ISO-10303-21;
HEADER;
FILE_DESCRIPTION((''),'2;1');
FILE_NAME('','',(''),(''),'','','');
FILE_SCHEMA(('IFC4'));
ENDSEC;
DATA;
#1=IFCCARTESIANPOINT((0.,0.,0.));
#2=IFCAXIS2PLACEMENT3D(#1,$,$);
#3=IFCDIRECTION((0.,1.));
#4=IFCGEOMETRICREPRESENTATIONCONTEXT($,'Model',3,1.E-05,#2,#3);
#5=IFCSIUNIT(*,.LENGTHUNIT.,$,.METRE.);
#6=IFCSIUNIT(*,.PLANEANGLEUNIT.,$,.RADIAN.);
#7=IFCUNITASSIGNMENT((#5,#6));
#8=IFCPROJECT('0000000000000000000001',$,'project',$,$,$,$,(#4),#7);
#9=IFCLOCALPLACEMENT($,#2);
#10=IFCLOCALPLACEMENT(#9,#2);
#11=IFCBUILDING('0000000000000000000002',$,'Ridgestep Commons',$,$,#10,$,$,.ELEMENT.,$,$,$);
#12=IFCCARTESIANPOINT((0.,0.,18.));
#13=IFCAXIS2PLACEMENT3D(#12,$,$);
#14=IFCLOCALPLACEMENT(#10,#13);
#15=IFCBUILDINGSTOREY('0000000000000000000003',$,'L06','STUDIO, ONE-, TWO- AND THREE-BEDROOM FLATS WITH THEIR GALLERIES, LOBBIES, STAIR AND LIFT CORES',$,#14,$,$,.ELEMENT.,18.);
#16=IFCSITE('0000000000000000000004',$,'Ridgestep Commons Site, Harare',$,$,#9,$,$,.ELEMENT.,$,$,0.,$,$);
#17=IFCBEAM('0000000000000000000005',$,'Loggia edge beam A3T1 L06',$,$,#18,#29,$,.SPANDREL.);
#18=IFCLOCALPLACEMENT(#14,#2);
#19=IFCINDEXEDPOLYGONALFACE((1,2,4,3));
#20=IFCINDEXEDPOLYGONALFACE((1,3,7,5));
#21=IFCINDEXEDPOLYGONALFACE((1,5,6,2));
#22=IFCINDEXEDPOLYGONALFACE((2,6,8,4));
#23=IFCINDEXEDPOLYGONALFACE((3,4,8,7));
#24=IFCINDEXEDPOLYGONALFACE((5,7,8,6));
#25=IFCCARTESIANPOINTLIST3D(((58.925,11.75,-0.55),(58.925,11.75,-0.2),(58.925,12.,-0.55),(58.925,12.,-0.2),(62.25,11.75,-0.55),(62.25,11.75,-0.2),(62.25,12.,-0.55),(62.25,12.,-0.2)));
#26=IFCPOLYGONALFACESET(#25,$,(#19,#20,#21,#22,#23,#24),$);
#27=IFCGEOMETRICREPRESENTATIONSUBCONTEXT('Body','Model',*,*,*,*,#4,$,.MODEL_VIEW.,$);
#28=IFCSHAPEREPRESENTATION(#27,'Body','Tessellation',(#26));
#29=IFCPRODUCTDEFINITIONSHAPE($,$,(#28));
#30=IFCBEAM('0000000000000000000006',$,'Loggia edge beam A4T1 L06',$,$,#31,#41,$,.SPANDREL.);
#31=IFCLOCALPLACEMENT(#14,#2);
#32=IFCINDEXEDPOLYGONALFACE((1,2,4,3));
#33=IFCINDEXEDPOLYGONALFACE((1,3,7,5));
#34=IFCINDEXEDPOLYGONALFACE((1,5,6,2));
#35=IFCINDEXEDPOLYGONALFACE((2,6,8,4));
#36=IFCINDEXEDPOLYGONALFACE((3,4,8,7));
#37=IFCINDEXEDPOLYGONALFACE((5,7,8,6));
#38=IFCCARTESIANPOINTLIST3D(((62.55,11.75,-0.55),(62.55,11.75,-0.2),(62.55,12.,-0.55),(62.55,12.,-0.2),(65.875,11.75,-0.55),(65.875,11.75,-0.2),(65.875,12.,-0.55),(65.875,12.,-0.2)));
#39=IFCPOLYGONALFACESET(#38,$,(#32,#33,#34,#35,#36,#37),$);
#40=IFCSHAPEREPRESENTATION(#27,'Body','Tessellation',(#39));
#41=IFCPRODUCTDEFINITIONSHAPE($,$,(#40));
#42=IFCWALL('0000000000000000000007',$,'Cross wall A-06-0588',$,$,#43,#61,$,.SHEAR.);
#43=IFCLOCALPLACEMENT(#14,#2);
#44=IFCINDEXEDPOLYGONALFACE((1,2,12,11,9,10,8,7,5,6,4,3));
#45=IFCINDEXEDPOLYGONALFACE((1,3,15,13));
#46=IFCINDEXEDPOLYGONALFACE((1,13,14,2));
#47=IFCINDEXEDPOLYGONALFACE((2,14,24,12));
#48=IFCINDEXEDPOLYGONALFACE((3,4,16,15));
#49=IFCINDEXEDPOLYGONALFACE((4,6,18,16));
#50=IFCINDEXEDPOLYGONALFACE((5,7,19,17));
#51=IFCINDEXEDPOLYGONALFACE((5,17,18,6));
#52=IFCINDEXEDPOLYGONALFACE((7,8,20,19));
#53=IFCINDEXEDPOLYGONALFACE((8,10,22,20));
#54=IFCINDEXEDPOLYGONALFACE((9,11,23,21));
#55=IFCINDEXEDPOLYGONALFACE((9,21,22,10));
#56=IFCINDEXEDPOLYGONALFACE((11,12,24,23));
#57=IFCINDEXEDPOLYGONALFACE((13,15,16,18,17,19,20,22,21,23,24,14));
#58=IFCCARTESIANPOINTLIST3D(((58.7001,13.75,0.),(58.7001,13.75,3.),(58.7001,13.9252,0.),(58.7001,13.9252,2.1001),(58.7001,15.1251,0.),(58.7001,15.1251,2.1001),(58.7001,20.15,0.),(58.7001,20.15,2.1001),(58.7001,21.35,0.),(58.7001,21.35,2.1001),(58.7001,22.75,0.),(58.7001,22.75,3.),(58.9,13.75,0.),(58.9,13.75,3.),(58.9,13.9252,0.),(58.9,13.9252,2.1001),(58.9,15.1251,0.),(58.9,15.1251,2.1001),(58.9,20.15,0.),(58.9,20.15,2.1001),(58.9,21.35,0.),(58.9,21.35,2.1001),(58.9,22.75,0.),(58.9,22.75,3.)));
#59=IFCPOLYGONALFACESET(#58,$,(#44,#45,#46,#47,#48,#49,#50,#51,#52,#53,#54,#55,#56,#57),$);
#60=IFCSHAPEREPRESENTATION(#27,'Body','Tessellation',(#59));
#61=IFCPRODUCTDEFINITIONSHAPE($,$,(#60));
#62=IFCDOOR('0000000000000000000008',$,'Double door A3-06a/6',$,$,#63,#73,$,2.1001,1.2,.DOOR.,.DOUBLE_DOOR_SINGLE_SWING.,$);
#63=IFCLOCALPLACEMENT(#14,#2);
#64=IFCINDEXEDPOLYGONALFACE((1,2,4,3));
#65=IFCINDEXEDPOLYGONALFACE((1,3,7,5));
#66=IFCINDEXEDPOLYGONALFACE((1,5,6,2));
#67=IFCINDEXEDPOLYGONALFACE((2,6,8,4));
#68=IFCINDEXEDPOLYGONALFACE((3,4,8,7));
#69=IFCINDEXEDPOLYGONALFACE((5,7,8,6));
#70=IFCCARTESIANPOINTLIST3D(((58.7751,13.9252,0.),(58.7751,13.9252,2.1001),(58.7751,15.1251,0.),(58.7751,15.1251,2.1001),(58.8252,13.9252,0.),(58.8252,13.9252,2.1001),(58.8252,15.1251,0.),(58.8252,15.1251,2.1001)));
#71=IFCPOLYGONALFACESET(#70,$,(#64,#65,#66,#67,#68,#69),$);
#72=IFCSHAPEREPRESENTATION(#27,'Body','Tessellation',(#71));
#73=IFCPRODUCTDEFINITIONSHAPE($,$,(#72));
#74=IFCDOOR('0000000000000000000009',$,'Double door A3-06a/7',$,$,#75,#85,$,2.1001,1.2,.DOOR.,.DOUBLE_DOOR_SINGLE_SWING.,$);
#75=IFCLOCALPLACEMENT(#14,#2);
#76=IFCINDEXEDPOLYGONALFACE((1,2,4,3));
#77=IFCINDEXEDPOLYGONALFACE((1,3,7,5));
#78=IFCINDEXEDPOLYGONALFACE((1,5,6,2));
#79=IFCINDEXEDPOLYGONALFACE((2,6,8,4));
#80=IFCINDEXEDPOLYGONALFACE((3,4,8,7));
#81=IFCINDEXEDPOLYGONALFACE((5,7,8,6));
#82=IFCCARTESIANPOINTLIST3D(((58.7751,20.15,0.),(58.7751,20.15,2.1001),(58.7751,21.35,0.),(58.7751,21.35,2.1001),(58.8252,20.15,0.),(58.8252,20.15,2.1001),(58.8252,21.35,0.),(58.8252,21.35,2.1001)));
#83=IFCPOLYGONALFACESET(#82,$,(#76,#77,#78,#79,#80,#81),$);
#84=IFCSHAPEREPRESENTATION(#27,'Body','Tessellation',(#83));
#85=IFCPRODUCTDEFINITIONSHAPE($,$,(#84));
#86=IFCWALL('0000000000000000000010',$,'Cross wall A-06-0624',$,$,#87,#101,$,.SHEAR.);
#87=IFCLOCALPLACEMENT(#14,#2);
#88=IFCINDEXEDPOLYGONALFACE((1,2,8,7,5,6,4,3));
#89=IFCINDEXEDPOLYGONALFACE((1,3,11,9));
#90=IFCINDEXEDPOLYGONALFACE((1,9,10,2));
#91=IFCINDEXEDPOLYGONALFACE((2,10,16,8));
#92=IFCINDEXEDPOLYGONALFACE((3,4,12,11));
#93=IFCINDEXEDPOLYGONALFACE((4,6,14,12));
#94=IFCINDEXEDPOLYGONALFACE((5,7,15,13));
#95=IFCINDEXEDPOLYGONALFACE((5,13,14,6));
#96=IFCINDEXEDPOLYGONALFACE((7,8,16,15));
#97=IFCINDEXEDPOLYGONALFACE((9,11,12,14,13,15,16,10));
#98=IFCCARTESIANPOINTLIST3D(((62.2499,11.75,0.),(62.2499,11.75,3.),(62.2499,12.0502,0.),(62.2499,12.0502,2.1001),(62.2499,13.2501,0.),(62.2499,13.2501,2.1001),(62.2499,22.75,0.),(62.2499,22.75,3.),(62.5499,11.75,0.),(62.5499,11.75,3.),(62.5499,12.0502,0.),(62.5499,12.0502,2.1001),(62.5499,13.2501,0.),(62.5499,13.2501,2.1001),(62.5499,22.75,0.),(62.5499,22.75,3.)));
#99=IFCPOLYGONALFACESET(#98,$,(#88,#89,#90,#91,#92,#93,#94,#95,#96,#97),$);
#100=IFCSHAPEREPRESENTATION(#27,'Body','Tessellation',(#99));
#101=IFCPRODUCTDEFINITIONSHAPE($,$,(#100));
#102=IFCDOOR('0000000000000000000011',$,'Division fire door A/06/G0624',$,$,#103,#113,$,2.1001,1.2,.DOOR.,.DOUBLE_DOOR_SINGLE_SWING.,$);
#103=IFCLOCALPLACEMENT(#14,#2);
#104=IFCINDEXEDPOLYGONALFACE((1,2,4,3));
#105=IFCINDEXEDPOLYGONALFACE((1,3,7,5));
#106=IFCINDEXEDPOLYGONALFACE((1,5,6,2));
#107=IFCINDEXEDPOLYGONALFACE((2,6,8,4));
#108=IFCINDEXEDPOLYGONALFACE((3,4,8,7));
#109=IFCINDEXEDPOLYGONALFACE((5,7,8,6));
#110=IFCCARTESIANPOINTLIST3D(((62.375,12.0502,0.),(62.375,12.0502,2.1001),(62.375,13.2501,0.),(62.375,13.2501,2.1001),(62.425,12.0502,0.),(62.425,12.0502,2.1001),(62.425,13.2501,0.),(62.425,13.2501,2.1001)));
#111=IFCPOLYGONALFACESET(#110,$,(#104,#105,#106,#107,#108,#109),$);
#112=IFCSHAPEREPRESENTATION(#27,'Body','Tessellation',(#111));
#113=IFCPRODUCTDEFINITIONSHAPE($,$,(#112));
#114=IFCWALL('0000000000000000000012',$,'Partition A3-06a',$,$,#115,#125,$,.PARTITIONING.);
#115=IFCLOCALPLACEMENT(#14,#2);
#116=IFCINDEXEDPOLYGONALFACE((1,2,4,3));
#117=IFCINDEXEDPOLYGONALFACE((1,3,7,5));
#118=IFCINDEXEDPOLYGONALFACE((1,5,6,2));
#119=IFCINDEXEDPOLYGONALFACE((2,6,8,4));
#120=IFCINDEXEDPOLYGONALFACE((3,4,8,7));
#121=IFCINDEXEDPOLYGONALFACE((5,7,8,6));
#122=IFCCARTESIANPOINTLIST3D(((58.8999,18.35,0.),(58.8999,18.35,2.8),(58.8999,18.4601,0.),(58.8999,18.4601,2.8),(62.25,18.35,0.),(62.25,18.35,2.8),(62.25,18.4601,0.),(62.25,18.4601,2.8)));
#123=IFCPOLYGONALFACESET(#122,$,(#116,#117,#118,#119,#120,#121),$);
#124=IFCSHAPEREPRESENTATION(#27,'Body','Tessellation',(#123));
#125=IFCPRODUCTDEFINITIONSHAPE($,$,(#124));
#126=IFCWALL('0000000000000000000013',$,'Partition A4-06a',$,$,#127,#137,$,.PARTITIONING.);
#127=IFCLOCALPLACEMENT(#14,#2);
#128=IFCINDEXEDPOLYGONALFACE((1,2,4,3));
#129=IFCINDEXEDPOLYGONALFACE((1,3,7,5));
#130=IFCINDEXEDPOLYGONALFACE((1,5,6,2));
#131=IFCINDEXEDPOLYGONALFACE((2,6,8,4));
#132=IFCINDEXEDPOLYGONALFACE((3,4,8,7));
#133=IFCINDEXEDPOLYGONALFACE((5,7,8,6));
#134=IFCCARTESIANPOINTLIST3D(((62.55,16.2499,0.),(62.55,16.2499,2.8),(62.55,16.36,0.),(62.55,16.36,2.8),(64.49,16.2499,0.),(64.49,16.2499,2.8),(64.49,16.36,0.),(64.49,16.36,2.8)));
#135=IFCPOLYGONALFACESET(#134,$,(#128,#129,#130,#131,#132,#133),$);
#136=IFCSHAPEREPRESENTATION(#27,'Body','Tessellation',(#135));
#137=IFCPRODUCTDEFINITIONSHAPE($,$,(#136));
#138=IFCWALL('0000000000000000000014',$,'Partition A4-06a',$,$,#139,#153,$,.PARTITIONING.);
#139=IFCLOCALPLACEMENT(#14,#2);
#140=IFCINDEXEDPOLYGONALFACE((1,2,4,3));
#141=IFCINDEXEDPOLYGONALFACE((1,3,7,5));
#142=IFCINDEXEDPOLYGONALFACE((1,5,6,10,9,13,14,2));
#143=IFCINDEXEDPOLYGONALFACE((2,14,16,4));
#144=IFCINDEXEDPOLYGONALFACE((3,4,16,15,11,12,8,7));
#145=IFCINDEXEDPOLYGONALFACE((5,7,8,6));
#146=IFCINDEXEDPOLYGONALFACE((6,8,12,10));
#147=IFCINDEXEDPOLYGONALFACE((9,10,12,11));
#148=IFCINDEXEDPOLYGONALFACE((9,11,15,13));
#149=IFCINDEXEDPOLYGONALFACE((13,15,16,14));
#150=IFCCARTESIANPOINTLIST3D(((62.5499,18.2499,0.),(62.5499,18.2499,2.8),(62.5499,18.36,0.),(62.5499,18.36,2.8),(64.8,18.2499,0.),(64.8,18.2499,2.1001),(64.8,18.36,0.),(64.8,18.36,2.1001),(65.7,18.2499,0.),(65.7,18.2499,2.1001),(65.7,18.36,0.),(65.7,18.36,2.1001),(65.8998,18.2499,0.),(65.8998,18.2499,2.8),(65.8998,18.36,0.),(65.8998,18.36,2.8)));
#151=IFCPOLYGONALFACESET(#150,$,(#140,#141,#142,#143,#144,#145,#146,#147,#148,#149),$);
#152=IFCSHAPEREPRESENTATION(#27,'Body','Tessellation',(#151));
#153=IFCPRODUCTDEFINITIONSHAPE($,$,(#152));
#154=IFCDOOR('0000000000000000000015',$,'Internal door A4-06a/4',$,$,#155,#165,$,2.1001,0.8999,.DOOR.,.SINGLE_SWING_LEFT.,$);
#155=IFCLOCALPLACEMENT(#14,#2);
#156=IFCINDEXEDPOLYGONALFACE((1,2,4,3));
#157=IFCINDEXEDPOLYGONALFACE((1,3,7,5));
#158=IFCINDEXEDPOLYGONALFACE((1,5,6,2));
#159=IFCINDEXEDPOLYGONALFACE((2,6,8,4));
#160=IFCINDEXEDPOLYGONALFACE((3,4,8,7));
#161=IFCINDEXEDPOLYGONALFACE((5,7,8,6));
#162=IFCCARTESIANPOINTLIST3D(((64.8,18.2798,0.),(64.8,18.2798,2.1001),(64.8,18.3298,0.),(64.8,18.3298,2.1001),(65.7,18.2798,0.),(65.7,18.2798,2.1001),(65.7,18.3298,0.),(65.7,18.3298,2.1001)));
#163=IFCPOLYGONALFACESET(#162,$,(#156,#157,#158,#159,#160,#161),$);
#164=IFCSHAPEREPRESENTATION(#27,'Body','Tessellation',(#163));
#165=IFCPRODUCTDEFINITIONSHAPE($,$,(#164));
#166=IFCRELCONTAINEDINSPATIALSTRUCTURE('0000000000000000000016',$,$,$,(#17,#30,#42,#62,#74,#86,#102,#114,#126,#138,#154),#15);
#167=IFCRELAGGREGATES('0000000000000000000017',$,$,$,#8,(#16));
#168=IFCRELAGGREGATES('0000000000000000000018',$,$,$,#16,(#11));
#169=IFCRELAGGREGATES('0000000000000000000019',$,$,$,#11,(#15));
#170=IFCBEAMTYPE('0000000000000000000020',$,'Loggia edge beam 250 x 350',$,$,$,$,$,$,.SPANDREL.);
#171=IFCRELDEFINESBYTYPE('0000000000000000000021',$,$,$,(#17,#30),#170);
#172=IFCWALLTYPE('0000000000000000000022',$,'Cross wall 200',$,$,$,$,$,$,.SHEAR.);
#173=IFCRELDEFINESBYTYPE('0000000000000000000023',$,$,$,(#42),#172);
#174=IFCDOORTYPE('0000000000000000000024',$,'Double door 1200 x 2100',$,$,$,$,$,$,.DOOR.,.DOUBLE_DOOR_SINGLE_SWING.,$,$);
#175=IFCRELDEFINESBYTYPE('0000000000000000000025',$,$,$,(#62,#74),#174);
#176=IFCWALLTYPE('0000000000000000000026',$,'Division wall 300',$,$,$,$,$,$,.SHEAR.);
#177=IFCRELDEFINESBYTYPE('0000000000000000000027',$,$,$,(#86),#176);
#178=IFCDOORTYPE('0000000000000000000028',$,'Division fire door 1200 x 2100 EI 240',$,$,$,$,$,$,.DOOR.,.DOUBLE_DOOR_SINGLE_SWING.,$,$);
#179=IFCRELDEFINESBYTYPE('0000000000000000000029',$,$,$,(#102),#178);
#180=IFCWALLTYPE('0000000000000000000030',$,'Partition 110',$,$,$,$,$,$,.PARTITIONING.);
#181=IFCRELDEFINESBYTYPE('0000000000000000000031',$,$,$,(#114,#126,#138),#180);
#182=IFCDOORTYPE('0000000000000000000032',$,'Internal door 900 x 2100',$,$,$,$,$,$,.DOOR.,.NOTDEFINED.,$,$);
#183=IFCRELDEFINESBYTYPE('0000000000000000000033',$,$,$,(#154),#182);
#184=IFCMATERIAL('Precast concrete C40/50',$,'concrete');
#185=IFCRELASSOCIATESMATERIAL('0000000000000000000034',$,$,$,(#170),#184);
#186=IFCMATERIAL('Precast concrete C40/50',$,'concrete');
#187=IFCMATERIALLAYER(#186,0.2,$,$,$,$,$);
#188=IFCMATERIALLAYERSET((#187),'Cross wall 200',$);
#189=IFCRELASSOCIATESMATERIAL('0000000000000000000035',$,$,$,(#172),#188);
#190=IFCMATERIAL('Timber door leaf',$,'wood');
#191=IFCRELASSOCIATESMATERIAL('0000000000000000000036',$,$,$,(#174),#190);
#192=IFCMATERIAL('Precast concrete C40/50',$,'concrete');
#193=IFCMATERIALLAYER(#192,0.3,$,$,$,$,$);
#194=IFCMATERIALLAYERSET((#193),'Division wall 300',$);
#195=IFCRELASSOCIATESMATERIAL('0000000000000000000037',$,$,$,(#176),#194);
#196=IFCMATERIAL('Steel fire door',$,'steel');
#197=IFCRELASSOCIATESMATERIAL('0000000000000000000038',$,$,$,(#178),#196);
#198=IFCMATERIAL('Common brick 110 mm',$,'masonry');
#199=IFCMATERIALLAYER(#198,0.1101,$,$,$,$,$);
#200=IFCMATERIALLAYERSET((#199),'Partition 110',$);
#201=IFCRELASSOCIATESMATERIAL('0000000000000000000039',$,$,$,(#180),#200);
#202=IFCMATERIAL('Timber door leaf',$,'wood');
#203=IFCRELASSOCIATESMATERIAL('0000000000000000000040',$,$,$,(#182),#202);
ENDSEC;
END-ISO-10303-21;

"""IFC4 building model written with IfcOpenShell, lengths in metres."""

from ifc_helpers import new_model, si_unit, direction, frame, frame_2d, origin, origin_2d, place, context, subcontext, project, spatial, rectangle, extrude, material, layer, layer_set, material_profile, profile_set, type_object, element, fill, save


model = new_model("IFC4")

# Units and contexts
model_context = context("Model", 3, precision=1e-05, world=origin(), true_north=direction((0.0, 1.0)))
body_context = subcontext(model_context, "Body", "Model", "MODEL_VIEW")
ifc_project = project(units=[si_unit("LENGTHUNIT", "METRE"), si_unit("PLANEANGLEUNIT", "RADIAN")], contexts=[model_context])

# Site, building, storey
site_placement = place(None, origin())
site = spatial("IfcSite", under=ifc_project, at=site_placement, Name="Ridgestep Commons Site, Harare", CompositionType="ELEMENT", RefElevation=0.0)
building_placement = place(site_placement, origin())
building = spatial("IfcBuilding", under=site, at=building_placement, Name="Ridgestep Commons", CompositionType="ELEMENT")
storey_placement = place(building_placement, frame((0.0, 0.0, 18.0)))
storey = spatial("IfcBuildingStorey", under=building, at=storey_placement, Name="L06", Description="STUDIO, ONE-, TWO- AND THREE-BEDROOM FLATS WITH THEIR GALLERIES, LOBBIES, STAIR AND LIFT CORES", CompositionType="ELEMENT", Elevation=18.0)

# Beams
ifc_material_1 = material(Name="Precast concrete C40/50", Category="concrete")
ifc_material_profile = material_profile(ifc_material_1, rectangle(XDim=0.25, YDim=0.3501, at=origin_2d()), Name="PC 250x350")
ifc_profile_set = profile_set([ifc_material_profile], Name="Precast concrete C40/50")
beam_type = type_object("IfcBeamType", Name="Loggia edge beam 250 x 350", PredefinedType="SPANDREL", material=ifc_profile_set)
for number, where, z_axis, x_axis, name in (
    (1, (58.925, 11.875, -0.375), (1.0, 0.0, 0.0), (0.0, 1.0, 0.0), "Loggia edge beam A3T1 L06"),
    (2, (62.55, 11.875, -0.375), (1.0, 0.0, 0.0), (0.0, 1.0, 0.0), "Loggia edge beam A4T1 L06"),
):
    element("IfcBeam", number, at=place(storey_placement, frame(where, z_axis=z_axis, x_axis=x_axis)), inside=storey, type_object=beam_type, Name=name, PredefinedType="SPANDREL", context=body_context, shape_type="SweptSolid", body=[
        extrude(rectangle(XDim=0.25, YDim=0.3501, at=origin_2d()), origin(), (0.0, 0.0, 1.0), 3.325),
    ])

# Wall, openings, doors
ifc_material_2 = material(Name="Precast concrete C40/50", Category="concrete")
ifc_layer_1 = layer(ifc_material_2, 0.2)
ifc_layer_set_1 = layer_set([ifc_layer_1], Name="Cross wall 200")
wall_type_1 = type_object("IfcWallType", Name="Cross wall 200", PredefinedType="SHEAR", material=ifc_layer_set_1)
wall_1_placement = place(storey_placement, frame((58.8, 13.75, 0.0), z_axis=(0.0, 0.0, 1.0), x_axis=(0.0, 1.0, 0.0)))
wall_1 = element("IfcWall", 3, at=wall_1_placement, inside=storey, type_object=wall_type_1, Name="Cross wall A-06-0588", PredefinedType="SHEAR", context=body_context, shape_type="SweptSolid", body=[
    extrude(rectangle(XDim=9.0, YDim=0.2, at=frame_2d((4.5, 0.0))), origin(), (0.0, 0.0, 1.0), 3.0),
])
opening_1_placement = place(wall_1_placement, frame((0.175, 0.0, 0.0)))
opening_1 = element("IfcOpeningElement", 4, at=opening_1_placement, cuts=wall_1, PredefinedType="OPENING", context=body_context, shape_type="SweptSolid", body=[
    extrude(rectangle(XDim=1.2, YDim=2.1001, at=frame_2d((0.6001, 1.05))), frame((0.0, 0.1099, 0.0), z_axis=(0.0, -1.0, 0.0), x_axis=(1.0, 0.0, 0.0)), (0.0, 0.0, 1.0), 0.22),
])
opening_2_placement = place(wall_1_placement, frame((6.3999, 0.0, 0.0)))
opening_2 = element("IfcOpeningElement", 5, at=opening_2_placement, cuts=wall_1, PredefinedType="OPENING", context=body_context, shape_type="SweptSolid", body=[
    extrude(rectangle(XDim=1.2, YDim=2.1001, at=frame_2d((0.6001, 1.05))), frame((0.0, 0.1099, 0.0), z_axis=(0.0, -1.0, 0.0), x_axis=(1.0, 0.0, 0.0)), (0.0, 0.0, 1.0), 0.22),
])
ifc_material_3 = material(Name="Timber door leaf", Category="wood")
door_type_1 = type_object("IfcDoorType", Name="Double door 1200 x 2100", OperationType="DOUBLE_DOOR_SINGLE_SWING", PredefinedType="DOOR", material=ifc_material_3)
door_1_placement = place(opening_1_placement, origin())
door_1 = element("IfcDoor", 6, at=door_1_placement, inside=storey, type_object=door_type_1, Name="Double door A3-06a/6", OperationType="DOUBLE_DOOR_SINGLE_SWING", OverallHeight=2.1001, OverallWidth=1.2, PredefinedType="DOOR", context=body_context, shape_type="SweptSolid", body=[
    extrude(rectangle(XDim=1.2, YDim=2.1001, at=frame_2d((0.6001, 1.05))), frame((0.0, 0.0249, 0.0), z_axis=(0.0, -1.0, 0.0), x_axis=(1.0, 0.0, 0.0)), (0.0, 0.0, 1.0), 0.05),
])
fill(opening_1, door_1)
door_2_placement = place(opening_2_placement, origin())
door_2 = element("IfcDoor", 7, at=door_2_placement, inside=storey, type_object=door_type_1, Name="Double door A3-06a/7", OperationType="DOUBLE_DOOR_SINGLE_SWING", OverallHeight=2.1001, OverallWidth=1.2, PredefinedType="DOOR", context=body_context, shape_type="SweptSolid", body=[
    extrude(rectangle(XDim=1.2, YDim=2.1001, at=frame_2d((0.6001, 1.05))), frame((0.0, 0.0249, 0.0), z_axis=(0.0, -1.0, 0.0), x_axis=(1.0, 0.0, 0.0)), (0.0, 0.0, 1.0), 0.05),
])
fill(opening_2, door_2)

# Wall, opening, door
ifc_material_4 = material(Name="Precast concrete C40/50", Category="concrete")
ifc_layer_2 = layer(ifc_material_4, 0.3)
ifc_layer_set_2 = layer_set([ifc_layer_2], Name="Division wall 300")
wall_type_2 = type_object("IfcWallType", Name="Division wall 300", PredefinedType="SHEAR", material=ifc_layer_set_2)
wall_2_placement = place(storey_placement, frame((62.3999, 11.75, 0.0), z_axis=(0.0, 0.0, 1.0), x_axis=(0.0, 1.0, 0.0)))
wall_2 = element("IfcWall", 8, at=wall_2_placement, inside=storey, type_object=wall_type_2, Name="Cross wall A-06-0624", PredefinedType="SHEAR", context=body_context, shape_type="SweptSolid", body=[
    extrude(rectangle(XDim=11.0, YDim=0.3, at=frame_2d((5.5, 0.0))), origin(), (0.0, 0.0, 1.0), 3.0),
])
opening_3_placement = place(wall_2_placement, frame((0.3, 0.0, 0.0)))
opening_3 = element("IfcOpeningElement", 9, at=opening_3_placement, cuts=wall_2, PredefinedType="OPENING", context=body_context, shape_type="SweptSolid", body=[
    extrude(rectangle(XDim=1.2, YDim=2.1001, at=frame_2d((0.6001, 1.05))), frame((0.0, 0.1599, 0.0), z_axis=(0.0, -1.0, 0.0), x_axis=(1.0, 0.0, 0.0)), (0.0, 0.0, 1.0), 0.3201),
])
ifc_material_5 = material(Name="Steel fire door", Category="steel")
door_type_2 = type_object("IfcDoorType", Name="Division fire door 1200 x 2100 EI 240", OperationType="DOUBLE_DOOR_SINGLE_SWING", PredefinedType="DOOR", material=ifc_material_5)
door_3_placement = place(opening_3_placement, origin())
door_3 = element("IfcDoor", 10, at=door_3_placement, inside=storey, type_object=door_type_2, Name="Division fire door A/06/G0624", OperationType="DOUBLE_DOOR_SINGLE_SWING", OverallHeight=2.1001, OverallWidth=1.2, PredefinedType="DOOR", context=body_context, shape_type="SweptSolid", body=[
    extrude(rectangle(XDim=1.2, YDim=2.1001, at=frame_2d((0.6001, 1.05))), frame((0.0, 0.0249, 0.0), z_axis=(0.0, -1.0, 0.0), x_axis=(1.0, 0.0, 0.0)), (0.0, 0.0, 1.0), 0.05),
])
fill(opening_3, door_3)

# Walls
ifc_material_6 = material(Name="Common brick 110 mm", Category="masonry")
ifc_layer_3 = layer(ifc_material_6, 0.1101)
ifc_layer_set_3 = layer_set([ifc_layer_3], Name="Partition 110")
wall_type_3 = type_object("IfcWallType", Name="Partition 110", PredefinedType="PARTITIONING", material=ifc_layer_set_3)
wall_3_placement = place(storey_placement, frame((58.8999, 18.405, 0.0), z_axis=(0.0, 0.0, 1.0), x_axis=(1.0, 0.0, 0.0)))
element("IfcWall", 11, at=wall_3_placement, inside=storey, type_object=wall_type_3, Name="Partition A3-06a", PredefinedType="PARTITIONING", context=body_context, shape_type="SweptSolid", body=[
    extrude(rectangle(XDim=3.3501, YDim=0.1101, at=frame_2d((1.675, 0.0))), origin(), (0.0, 0.0, 1.0), 2.8),
])
wall_4_placement = place(storey_placement, frame((62.55, 16.3049, 0.0), z_axis=(0.0, 0.0, 1.0), x_axis=(1.0, 0.0, 0.0)))
element("IfcWall", 12, at=wall_4_placement, inside=storey, type_object=wall_type_3, Name="Partition A4-06a", PredefinedType="PARTITIONING", context=body_context, shape_type="SweptSolid", body=[
    extrude(rectangle(XDim=1.9399, YDim=0.1101, at=frame_2d((0.97, 0.0))), origin(), (0.0, 0.0, 1.0), 2.8),
])

# Wall, opening, door
wall_5_placement = place(storey_placement, frame((62.55, 18.3049, 0.0), z_axis=(0.0, 0.0, 1.0), x_axis=(1.0, 0.0, 0.0)))
wall_5 = element("IfcWall", 13, at=wall_5_placement, inside=storey, type_object=wall_type_3, Name="Partition A4-06a", PredefinedType="PARTITIONING", context=body_context, shape_type="SweptSolid", body=[
    extrude(rectangle(XDim=3.3499, YDim=0.1101, at=frame_2d((1.6748, 0.0))), origin(), (0.0, 0.0, 1.0), 2.8),
])
opening_4_placement = place(wall_5_placement, frame((2.25, 0.0, 0.0)))
opening_4 = element("IfcOpeningElement", 14, at=opening_4_placement, cuts=wall_5, PredefinedType="OPENING", context=body_context, shape_type="SweptSolid", body=[
    extrude(rectangle(XDim=0.8999, YDim=2.1001, at=frame_2d((0.45, 1.05))), frame((0.0, 0.0649, 0.0), z_axis=(0.0, -1.0, 0.0), x_axis=(1.0, 0.0, 0.0)), (0.0, 0.0, 1.0), 0.1301),
])
ifc_material_7 = material(Name="Timber door leaf", Category="wood")
door_type_3 = type_object("IfcDoorType", Name="Internal door 900 x 2100", OperationType="NOTDEFINED", PredefinedType="DOOR", material=ifc_material_7)
door_4_placement = place(opening_4_placement, origin())
door_4 = element("IfcDoor", 15, at=door_4_placement, inside=storey, type_object=door_type_3, Name="Internal door A4-06a/4", OperationType="SINGLE_SWING_LEFT", OverallHeight=2.1001, OverallWidth=0.8999, PredefinedType="DOOR", context=body_context, shape_type="SweptSolid", body=[
    extrude(rectangle(XDim=0.8999, YDim=2.1001, at=frame_2d((0.45, 1.05))), frame((0.0, 0.0249, 0.0), z_axis=(0.0, -1.0, 0.0), x_axis=(1.0, 0.0, 0.0)), (0.0, 0.0, 1.0), 0.05),
])
fill(opening_4, door_4)

save(model, "model.ifc")
